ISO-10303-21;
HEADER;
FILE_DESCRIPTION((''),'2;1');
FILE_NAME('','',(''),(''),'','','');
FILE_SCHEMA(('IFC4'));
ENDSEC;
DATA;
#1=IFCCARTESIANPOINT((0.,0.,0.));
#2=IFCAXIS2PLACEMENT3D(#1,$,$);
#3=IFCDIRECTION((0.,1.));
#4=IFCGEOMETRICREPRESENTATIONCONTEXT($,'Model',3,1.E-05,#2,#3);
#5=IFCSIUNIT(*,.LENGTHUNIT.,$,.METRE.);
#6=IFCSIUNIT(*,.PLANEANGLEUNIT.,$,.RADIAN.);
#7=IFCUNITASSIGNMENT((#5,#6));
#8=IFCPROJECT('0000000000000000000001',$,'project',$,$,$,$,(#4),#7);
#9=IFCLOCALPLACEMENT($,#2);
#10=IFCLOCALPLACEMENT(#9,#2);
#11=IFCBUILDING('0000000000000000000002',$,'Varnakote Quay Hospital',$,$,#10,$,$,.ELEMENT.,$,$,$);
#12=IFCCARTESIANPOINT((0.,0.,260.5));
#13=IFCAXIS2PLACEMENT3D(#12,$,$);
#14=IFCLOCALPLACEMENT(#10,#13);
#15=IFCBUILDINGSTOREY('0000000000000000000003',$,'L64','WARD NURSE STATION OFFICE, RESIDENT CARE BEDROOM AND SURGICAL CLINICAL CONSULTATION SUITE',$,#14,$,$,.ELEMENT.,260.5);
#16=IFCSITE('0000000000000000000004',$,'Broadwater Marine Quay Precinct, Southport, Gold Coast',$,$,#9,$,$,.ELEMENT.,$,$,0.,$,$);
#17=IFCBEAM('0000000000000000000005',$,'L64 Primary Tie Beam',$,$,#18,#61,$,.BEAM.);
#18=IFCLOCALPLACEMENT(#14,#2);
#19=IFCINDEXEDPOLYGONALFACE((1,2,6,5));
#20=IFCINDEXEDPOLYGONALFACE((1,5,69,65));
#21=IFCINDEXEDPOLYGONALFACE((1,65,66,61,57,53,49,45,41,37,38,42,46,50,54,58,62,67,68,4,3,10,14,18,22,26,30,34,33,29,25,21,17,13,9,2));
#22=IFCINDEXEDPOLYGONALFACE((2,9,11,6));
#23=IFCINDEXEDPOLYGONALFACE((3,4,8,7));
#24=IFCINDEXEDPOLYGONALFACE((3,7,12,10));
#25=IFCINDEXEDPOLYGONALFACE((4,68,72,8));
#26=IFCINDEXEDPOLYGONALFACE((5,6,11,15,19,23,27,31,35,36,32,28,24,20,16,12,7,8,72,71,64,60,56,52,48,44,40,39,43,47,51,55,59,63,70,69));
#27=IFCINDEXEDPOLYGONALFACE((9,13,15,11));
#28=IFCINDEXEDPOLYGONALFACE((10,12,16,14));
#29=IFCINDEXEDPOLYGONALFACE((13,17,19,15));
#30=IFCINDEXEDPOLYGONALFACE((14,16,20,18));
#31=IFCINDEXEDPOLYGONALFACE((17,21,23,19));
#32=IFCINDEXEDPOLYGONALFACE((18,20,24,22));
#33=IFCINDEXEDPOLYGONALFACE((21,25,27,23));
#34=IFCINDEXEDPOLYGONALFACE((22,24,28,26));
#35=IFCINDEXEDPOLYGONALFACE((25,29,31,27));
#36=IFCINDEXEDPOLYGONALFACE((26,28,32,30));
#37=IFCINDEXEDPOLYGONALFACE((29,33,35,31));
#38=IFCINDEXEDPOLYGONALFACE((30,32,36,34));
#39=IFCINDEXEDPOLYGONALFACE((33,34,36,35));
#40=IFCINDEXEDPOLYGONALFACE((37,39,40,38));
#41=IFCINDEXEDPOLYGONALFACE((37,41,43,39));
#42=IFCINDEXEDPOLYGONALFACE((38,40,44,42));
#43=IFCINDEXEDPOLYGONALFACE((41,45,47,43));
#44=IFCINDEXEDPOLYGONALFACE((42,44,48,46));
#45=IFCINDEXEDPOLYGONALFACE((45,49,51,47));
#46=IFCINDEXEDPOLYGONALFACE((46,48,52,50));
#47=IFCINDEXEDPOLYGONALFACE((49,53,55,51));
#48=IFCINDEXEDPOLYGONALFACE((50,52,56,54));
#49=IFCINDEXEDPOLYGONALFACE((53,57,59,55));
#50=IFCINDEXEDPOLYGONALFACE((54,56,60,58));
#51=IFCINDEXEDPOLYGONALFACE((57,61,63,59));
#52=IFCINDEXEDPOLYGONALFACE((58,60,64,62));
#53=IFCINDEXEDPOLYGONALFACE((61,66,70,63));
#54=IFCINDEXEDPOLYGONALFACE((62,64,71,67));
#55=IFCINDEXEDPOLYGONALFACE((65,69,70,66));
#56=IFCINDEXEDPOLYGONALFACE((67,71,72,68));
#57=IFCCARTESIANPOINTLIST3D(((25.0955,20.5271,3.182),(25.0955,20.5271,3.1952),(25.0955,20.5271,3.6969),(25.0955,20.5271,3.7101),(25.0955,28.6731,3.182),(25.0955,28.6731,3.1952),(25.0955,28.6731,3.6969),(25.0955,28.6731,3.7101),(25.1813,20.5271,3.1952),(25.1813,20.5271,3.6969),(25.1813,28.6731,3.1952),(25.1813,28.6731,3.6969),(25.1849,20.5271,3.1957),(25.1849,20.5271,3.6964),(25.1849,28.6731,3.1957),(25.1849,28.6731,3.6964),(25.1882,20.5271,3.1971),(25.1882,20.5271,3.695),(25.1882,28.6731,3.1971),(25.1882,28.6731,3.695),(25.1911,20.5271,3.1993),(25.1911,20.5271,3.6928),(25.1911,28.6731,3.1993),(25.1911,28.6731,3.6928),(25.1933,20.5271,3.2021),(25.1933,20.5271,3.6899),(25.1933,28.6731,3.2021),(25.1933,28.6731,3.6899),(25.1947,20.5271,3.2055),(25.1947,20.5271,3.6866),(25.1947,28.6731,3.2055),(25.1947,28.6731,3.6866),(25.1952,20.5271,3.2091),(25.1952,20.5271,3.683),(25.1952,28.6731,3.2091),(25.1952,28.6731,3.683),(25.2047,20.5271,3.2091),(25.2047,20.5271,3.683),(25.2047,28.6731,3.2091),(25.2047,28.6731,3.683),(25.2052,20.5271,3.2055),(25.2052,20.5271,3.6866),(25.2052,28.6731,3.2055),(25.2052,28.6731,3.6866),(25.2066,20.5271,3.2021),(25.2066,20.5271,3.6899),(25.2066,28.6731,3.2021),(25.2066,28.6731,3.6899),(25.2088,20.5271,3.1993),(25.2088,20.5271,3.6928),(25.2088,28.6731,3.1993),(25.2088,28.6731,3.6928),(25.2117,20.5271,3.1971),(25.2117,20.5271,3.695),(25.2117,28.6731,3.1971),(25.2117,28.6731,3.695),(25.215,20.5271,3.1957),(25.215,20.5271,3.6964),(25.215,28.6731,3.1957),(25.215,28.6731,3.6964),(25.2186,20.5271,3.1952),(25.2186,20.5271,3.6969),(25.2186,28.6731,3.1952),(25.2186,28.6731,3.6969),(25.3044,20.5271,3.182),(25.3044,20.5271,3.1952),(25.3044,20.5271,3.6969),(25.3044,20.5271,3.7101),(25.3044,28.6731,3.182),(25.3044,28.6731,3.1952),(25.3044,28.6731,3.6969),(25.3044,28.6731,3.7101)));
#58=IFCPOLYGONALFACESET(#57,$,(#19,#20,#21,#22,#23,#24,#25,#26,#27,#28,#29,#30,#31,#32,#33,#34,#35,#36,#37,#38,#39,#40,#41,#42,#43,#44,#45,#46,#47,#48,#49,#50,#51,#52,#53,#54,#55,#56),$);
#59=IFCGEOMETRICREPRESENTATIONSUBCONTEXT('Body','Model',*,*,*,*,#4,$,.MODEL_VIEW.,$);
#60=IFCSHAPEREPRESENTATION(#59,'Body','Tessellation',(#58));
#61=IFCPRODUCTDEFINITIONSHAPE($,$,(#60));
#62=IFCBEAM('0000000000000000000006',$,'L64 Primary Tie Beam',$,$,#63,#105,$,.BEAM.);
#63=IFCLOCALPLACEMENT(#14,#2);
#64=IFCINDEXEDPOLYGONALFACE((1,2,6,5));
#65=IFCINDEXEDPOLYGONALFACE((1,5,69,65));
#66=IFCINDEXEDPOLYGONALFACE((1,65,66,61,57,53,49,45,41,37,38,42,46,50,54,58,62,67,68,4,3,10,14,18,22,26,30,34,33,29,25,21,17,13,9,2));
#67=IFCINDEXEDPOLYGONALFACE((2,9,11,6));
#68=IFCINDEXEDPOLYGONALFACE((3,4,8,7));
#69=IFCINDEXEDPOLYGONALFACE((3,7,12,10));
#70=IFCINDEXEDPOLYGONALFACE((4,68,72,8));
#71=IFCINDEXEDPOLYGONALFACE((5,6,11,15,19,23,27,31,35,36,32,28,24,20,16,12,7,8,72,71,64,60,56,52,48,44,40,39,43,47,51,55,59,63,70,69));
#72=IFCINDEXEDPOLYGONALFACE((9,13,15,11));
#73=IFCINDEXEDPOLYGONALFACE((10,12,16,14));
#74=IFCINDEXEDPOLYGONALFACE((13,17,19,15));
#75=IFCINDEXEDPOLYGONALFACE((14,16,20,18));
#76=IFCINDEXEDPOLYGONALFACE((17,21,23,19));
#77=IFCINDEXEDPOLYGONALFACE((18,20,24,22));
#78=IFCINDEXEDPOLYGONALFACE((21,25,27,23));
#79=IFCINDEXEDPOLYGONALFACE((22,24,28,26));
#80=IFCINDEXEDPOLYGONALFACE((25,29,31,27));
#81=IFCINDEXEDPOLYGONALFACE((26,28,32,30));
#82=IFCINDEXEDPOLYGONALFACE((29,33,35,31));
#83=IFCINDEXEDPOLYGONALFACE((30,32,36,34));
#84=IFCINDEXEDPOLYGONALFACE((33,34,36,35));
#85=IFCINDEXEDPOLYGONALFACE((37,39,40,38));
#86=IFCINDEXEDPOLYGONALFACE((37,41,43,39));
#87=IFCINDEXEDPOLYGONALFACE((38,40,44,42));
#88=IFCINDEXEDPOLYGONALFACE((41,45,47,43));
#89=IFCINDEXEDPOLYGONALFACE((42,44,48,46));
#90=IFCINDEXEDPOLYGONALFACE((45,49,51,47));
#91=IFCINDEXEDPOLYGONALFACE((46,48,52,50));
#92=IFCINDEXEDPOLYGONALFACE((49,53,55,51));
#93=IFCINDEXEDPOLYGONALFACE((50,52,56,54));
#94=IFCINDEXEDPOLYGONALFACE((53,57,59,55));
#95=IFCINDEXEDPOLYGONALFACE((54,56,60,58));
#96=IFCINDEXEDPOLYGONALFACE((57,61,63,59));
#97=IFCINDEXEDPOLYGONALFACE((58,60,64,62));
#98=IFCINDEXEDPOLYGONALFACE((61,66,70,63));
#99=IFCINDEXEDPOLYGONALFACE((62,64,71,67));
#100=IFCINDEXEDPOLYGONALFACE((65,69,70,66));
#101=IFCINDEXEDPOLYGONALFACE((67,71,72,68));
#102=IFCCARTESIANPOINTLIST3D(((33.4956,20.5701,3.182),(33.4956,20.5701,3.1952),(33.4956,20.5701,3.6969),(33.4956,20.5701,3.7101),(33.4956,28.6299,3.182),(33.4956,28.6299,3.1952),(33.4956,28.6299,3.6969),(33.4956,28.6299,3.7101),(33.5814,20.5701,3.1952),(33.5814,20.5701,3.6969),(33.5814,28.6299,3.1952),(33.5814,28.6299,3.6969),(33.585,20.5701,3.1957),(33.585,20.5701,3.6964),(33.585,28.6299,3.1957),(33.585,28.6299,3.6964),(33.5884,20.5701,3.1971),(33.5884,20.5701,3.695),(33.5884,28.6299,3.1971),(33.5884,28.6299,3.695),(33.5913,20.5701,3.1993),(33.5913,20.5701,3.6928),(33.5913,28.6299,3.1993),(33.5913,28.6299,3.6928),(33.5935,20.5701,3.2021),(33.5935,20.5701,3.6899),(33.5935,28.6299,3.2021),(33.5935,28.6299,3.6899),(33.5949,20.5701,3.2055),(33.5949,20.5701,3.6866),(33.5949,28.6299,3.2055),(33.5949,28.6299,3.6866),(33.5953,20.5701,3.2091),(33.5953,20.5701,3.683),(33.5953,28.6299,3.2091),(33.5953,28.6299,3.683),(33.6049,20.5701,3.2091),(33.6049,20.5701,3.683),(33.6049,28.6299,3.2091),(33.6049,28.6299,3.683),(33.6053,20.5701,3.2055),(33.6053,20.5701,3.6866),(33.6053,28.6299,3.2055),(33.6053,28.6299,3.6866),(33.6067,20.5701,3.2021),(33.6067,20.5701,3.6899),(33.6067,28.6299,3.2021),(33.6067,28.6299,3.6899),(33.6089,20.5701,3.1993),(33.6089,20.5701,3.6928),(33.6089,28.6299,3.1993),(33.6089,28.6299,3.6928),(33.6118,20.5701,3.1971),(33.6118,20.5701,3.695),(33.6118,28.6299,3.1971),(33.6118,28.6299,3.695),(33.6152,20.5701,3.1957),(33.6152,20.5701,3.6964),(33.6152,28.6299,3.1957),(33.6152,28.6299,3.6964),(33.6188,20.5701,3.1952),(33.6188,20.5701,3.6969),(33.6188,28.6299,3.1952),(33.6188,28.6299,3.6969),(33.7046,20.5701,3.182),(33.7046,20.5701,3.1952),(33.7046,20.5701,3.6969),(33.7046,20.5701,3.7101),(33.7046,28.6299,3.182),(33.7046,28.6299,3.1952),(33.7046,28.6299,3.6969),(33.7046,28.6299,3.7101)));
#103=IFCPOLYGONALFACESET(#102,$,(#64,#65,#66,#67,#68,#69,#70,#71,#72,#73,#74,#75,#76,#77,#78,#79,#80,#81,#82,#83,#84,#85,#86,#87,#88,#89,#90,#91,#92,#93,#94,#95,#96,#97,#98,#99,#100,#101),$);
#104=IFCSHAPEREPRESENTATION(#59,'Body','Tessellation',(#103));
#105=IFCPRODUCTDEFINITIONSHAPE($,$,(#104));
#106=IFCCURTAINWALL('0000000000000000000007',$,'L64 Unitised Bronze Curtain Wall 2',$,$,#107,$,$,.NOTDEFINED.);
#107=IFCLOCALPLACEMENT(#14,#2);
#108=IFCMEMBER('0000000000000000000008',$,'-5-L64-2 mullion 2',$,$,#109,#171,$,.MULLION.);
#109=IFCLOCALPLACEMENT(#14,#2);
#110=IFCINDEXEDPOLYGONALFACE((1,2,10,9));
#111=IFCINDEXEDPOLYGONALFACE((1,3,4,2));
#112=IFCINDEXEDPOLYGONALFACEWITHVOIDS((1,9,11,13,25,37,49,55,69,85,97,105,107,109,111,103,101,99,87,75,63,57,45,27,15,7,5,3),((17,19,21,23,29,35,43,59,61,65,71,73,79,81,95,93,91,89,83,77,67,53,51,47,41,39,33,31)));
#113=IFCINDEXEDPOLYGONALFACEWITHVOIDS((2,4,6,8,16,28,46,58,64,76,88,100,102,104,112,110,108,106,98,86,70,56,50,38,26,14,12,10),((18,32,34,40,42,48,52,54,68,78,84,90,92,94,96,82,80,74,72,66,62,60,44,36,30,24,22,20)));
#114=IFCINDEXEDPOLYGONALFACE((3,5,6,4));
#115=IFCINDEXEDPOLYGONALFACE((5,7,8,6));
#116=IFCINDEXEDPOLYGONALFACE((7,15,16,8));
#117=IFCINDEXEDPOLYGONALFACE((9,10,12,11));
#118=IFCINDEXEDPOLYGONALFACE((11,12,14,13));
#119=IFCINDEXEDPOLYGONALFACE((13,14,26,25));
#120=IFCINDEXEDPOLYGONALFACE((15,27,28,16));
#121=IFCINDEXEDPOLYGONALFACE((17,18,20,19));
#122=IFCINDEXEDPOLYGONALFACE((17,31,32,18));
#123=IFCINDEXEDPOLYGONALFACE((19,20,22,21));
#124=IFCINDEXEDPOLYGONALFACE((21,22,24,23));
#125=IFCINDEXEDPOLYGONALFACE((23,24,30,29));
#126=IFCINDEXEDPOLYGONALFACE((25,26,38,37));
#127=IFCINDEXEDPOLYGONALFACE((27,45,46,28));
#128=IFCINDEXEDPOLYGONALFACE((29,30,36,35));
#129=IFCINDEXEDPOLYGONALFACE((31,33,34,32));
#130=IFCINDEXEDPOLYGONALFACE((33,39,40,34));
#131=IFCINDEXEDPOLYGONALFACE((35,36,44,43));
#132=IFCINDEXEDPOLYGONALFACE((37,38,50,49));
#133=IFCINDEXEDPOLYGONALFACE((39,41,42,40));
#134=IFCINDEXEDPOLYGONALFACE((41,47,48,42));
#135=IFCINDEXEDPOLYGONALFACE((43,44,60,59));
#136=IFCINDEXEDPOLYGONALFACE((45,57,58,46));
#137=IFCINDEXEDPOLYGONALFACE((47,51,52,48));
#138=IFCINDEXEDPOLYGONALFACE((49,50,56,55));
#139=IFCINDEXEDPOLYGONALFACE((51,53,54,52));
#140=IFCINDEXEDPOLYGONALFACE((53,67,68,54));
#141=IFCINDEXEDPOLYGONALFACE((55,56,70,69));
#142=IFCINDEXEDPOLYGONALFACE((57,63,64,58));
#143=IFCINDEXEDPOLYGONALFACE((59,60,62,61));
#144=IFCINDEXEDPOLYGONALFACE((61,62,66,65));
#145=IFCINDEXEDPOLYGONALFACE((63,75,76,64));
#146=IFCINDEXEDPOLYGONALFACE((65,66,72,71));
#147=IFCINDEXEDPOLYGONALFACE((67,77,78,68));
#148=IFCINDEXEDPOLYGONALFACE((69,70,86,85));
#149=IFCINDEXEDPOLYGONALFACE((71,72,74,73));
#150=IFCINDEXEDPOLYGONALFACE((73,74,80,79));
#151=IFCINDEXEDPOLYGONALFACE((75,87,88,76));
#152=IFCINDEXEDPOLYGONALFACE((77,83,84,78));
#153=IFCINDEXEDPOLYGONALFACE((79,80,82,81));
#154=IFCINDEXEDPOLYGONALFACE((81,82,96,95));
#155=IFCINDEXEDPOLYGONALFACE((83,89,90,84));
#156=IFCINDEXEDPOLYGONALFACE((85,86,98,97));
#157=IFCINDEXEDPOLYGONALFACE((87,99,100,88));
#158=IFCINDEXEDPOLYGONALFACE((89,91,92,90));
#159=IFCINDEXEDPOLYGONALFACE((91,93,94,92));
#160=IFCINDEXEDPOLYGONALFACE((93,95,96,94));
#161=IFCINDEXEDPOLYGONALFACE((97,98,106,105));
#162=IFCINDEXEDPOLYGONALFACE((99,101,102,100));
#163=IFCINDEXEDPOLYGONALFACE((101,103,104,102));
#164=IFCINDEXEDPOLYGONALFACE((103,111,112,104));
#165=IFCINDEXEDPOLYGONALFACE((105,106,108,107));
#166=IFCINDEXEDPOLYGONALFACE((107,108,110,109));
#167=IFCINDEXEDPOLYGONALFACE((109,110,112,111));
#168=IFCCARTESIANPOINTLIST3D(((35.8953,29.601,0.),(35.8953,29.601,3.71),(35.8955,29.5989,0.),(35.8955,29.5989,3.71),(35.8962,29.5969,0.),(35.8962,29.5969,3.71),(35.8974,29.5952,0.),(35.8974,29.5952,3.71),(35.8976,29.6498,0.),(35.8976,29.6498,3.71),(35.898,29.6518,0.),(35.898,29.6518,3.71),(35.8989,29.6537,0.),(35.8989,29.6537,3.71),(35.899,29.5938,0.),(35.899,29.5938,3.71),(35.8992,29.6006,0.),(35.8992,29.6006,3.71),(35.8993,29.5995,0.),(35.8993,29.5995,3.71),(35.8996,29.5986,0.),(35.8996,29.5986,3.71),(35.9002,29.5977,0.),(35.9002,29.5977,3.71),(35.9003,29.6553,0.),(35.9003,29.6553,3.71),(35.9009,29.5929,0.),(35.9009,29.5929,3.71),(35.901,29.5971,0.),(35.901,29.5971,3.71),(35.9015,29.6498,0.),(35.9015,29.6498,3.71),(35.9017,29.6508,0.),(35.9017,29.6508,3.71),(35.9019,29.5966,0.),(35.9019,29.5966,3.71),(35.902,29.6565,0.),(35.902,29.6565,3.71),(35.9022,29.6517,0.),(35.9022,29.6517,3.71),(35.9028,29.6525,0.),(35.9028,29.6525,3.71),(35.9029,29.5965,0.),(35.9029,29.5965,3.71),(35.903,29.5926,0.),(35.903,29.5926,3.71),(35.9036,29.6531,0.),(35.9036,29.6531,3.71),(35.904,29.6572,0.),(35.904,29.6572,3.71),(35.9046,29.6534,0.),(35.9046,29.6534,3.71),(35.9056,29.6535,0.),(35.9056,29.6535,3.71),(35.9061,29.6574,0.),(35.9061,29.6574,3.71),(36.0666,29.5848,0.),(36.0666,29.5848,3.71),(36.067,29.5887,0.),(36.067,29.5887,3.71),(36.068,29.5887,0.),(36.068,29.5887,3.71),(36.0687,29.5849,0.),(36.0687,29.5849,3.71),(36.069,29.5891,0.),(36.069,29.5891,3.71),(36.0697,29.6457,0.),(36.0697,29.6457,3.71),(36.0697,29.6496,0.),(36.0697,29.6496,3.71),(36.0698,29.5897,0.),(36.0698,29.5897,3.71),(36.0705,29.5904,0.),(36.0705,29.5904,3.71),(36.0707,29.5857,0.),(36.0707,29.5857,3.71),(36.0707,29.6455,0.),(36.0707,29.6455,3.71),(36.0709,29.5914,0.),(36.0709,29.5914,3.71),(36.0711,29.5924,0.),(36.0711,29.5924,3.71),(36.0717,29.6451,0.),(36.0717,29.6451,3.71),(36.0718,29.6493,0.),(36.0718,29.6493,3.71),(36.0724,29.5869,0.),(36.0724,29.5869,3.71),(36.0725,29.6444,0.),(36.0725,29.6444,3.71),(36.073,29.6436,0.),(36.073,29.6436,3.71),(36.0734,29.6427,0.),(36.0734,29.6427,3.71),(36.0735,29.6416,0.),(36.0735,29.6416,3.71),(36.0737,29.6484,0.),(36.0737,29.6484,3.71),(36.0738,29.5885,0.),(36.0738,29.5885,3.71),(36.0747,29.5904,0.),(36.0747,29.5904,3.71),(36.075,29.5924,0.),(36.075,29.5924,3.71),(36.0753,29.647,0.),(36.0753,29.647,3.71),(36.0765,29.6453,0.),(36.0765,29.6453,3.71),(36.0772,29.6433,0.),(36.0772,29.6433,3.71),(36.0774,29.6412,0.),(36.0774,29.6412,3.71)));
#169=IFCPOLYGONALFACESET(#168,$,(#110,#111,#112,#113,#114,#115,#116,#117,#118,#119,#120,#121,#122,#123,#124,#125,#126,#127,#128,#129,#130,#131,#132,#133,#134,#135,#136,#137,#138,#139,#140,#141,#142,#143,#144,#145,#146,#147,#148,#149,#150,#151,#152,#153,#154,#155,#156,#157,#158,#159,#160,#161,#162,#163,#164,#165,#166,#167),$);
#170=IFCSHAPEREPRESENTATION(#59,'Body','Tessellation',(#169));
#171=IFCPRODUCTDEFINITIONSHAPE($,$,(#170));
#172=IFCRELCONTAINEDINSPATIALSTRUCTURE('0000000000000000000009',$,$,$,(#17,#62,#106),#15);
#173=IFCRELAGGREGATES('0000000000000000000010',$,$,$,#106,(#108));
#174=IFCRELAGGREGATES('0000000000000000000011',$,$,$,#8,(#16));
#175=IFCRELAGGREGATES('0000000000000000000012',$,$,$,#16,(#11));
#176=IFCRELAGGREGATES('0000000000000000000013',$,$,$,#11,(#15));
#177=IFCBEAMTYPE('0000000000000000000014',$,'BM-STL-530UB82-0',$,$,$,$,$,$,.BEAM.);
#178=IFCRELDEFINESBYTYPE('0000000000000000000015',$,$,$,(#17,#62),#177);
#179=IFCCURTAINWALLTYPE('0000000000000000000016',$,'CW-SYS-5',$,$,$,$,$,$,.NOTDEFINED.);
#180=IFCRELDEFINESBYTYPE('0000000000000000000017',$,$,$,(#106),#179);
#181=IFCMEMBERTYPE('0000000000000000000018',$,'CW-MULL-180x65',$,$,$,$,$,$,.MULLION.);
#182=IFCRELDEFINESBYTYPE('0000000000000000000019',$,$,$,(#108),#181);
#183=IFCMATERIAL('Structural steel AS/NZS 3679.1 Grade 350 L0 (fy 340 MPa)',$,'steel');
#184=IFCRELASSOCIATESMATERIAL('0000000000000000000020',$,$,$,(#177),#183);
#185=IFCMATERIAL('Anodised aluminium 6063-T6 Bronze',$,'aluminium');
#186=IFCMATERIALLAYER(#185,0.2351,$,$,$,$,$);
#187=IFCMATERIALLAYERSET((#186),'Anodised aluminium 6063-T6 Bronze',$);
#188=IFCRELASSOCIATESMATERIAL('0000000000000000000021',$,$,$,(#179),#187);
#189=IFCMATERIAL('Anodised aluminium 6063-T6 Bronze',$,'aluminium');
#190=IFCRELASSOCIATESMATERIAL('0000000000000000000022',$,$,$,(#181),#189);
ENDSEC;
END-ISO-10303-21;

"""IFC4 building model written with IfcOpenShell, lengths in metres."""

from ifc_helpers import new_model, si_unit, direction, frame, origin, origin_2d, place, context, subcontext, project, spatial, hollow_rectangle, i_section, extrude, material, layer, layer_set, material_profile, profile_set, type_object, element, aggregate, save


model = new_model("IFC4")

# Units and contexts
model_context = context("Model", 3, precision=1e-05, world=origin(), true_north=direction((0.0, 1.0)))
body_context = subcontext(model_context, "Body", "Model", "MODEL_VIEW")
ifc_project = project(units=[si_unit("LENGTHUNIT", "METRE"), si_unit("PLANEANGLEUNIT", "RADIAN")], contexts=[model_context])

# Site, building, storey
site_placement = place(None, origin())
site = spatial("IfcSite", under=ifc_project, at=site_placement, Name="Broadwater Marine Quay Precinct, Southport, Gold Coast", CompositionType="ELEMENT", RefElevation=0.0)
building_placement = place(site_placement, origin())
building = spatial("IfcBuilding", under=site, at=building_placement, Name="Varnakote Quay Hospital", CompositionType="ELEMENT")
storey_placement = place(building_placement, frame((0.0, 0.0, 260.5)))
storey = spatial("IfcBuildingStorey", under=building, at=storey_placement, Name="L64", Description="WARD NURSE STATION OFFICE, RESIDENT CARE BEDROOM AND SURGICAL CLINICAL CONSULTATION SUITE", CompositionType="ELEMENT", Elevation=260.5)

# Beams
ifc_material_1 = material(Name="Structural steel AS/NZS 3679.1 Grade 350 L0 (fy 340 MPa)", Category="steel")
ifc_material_profile_1 = material_profile(ifc_material_1, i_section(OverallWidth=0.209, OverallDepth=0.5281, WebThickness=0.0095, FlangeThickness=0.0132, FilletRadius=0.0139, at=origin_2d()), Name="530UB82.0")
ifc_profile_set_1 = profile_set([ifc_material_profile_1], Name="Structural steel AS/NZS 3679.1 Grade 350 L0 (fy 340 MPa)")
beam_type_1 = type_object("IfcBeamType", Name="BM-STL-530UB82-0", PredefinedType="BEAM", material=ifc_profile_set_1)
beam_1_placement = place(storey_placement, frame((25.2, 20.5271, 3.446), z_axis=(0.0, 1.0, 0.0), x_axis=(-1.0, 0.0, 0.0)))
element("IfcBeam", 1, at=beam_1_placement, inside=storey, type_object=beam_type_1, Name="L64 Primary Tie Beam", PredefinedType="BEAM", context=body_context, shape_type="SweptSolid", body=[
    extrude(i_section(OverallWidth=0.209, OverallDepth=0.5281, WebThickness=0.0095, FlangeThickness=0.0132, FilletRadius=0.0139, at=origin_2d()), origin(), (0.0, 0.0, 1.0), 8.146),
])
beam_2_placement = place(storey_placement, frame((33.6001, 20.5701, 3.446), z_axis=(0.0, 1.0, 0.0), x_axis=(-1.0, 0.0, 0.0)))
element("IfcBeam", 2, at=beam_2_placement, inside=storey, type_object=beam_type_1, Name="L64 Primary Tie Beam", PredefinedType="BEAM", context=body_context, shape_type="SweptSolid", body=[
    extrude(i_section(OverallWidth=0.209, OverallDepth=0.5281, WebThickness=0.0095, FlangeThickness=0.0132, FilletRadius=0.0139, at=origin_2d()), origin(), (0.0, 0.0, 1.0), 8.0598),
])

# Curtain wall, member
ifc_material_2 = material(Name="Anodised aluminium 6063-T6 Bronze", Category="aluminium")
ifc_layer_1 = layer(ifc_material_2, 0.2351)
ifc_layer_set_1 = layer_set([ifc_layer_1], Name="Anodised aluminium 6063-T6 Bronze")
curtain_wall_type = type_object("IfcCurtainWallType", Name="CW-SYS-5", PredefinedType="NOTDEFINED", material=ifc_layer_set_1)
curtain_wall_placement = place(storey_placement, origin())
curtain_wall = element("IfcCurtainWall", 3, at=curtain_wall_placement, inside=storey, type_object=curtain_wall_type, Name="L64 Unitised Bronze Curtain Wall 2", PredefinedType="NOTDEFINED")
ifc_material_3 = material(Name="Anodised aluminium 6063-T6 Bronze", Category="aluminium")
ifc_material_profile_2 = material_profile(ifc_material_3, hollow_rectangle(XDim=0.0649, YDim=0.1799, WallThickness=0.0039, InnerFilletRadius=0.0039, OuterFilletRadius=0.0081, at=origin_2d()), Name="CW-MULL-180x65")
ifc_profile_set_2 = profile_set([ifc_material_profile_2], Name="Anodised aluminium 6063-T6 Bronze")
member_type_1 = type_object("IfcMemberType", Name="CW-MULL-180x65", PredefinedType="MULLION", material=ifc_profile_set_2)
member_1_placement = place(storey_placement, frame((35.9863, 29.6211, 0.0), z_axis=(0.0, 0.0, 1.0), x_axis=(-0.047497, -0.998871, 0.0)))
member_1 = element("IfcMember", 4, at=member_1_placement, type_object=member_type_1, Name="-5-L64-2 mullion 2", PredefinedType="MULLION", context=body_context, shape_type="SweptSolid", body=[
    extrude(hollow_rectangle(XDim=0.0649, YDim=0.1799, WallThickness=0.0039, InnerFilletRadius=0.0039, OuterFilletRadius=0.0081, at=origin_2d()), origin(), (0.0, 0.0, 1.0), 3.71),
])

aggregate(curtain_wall, [member_1])

save(model, "model.ifc")
